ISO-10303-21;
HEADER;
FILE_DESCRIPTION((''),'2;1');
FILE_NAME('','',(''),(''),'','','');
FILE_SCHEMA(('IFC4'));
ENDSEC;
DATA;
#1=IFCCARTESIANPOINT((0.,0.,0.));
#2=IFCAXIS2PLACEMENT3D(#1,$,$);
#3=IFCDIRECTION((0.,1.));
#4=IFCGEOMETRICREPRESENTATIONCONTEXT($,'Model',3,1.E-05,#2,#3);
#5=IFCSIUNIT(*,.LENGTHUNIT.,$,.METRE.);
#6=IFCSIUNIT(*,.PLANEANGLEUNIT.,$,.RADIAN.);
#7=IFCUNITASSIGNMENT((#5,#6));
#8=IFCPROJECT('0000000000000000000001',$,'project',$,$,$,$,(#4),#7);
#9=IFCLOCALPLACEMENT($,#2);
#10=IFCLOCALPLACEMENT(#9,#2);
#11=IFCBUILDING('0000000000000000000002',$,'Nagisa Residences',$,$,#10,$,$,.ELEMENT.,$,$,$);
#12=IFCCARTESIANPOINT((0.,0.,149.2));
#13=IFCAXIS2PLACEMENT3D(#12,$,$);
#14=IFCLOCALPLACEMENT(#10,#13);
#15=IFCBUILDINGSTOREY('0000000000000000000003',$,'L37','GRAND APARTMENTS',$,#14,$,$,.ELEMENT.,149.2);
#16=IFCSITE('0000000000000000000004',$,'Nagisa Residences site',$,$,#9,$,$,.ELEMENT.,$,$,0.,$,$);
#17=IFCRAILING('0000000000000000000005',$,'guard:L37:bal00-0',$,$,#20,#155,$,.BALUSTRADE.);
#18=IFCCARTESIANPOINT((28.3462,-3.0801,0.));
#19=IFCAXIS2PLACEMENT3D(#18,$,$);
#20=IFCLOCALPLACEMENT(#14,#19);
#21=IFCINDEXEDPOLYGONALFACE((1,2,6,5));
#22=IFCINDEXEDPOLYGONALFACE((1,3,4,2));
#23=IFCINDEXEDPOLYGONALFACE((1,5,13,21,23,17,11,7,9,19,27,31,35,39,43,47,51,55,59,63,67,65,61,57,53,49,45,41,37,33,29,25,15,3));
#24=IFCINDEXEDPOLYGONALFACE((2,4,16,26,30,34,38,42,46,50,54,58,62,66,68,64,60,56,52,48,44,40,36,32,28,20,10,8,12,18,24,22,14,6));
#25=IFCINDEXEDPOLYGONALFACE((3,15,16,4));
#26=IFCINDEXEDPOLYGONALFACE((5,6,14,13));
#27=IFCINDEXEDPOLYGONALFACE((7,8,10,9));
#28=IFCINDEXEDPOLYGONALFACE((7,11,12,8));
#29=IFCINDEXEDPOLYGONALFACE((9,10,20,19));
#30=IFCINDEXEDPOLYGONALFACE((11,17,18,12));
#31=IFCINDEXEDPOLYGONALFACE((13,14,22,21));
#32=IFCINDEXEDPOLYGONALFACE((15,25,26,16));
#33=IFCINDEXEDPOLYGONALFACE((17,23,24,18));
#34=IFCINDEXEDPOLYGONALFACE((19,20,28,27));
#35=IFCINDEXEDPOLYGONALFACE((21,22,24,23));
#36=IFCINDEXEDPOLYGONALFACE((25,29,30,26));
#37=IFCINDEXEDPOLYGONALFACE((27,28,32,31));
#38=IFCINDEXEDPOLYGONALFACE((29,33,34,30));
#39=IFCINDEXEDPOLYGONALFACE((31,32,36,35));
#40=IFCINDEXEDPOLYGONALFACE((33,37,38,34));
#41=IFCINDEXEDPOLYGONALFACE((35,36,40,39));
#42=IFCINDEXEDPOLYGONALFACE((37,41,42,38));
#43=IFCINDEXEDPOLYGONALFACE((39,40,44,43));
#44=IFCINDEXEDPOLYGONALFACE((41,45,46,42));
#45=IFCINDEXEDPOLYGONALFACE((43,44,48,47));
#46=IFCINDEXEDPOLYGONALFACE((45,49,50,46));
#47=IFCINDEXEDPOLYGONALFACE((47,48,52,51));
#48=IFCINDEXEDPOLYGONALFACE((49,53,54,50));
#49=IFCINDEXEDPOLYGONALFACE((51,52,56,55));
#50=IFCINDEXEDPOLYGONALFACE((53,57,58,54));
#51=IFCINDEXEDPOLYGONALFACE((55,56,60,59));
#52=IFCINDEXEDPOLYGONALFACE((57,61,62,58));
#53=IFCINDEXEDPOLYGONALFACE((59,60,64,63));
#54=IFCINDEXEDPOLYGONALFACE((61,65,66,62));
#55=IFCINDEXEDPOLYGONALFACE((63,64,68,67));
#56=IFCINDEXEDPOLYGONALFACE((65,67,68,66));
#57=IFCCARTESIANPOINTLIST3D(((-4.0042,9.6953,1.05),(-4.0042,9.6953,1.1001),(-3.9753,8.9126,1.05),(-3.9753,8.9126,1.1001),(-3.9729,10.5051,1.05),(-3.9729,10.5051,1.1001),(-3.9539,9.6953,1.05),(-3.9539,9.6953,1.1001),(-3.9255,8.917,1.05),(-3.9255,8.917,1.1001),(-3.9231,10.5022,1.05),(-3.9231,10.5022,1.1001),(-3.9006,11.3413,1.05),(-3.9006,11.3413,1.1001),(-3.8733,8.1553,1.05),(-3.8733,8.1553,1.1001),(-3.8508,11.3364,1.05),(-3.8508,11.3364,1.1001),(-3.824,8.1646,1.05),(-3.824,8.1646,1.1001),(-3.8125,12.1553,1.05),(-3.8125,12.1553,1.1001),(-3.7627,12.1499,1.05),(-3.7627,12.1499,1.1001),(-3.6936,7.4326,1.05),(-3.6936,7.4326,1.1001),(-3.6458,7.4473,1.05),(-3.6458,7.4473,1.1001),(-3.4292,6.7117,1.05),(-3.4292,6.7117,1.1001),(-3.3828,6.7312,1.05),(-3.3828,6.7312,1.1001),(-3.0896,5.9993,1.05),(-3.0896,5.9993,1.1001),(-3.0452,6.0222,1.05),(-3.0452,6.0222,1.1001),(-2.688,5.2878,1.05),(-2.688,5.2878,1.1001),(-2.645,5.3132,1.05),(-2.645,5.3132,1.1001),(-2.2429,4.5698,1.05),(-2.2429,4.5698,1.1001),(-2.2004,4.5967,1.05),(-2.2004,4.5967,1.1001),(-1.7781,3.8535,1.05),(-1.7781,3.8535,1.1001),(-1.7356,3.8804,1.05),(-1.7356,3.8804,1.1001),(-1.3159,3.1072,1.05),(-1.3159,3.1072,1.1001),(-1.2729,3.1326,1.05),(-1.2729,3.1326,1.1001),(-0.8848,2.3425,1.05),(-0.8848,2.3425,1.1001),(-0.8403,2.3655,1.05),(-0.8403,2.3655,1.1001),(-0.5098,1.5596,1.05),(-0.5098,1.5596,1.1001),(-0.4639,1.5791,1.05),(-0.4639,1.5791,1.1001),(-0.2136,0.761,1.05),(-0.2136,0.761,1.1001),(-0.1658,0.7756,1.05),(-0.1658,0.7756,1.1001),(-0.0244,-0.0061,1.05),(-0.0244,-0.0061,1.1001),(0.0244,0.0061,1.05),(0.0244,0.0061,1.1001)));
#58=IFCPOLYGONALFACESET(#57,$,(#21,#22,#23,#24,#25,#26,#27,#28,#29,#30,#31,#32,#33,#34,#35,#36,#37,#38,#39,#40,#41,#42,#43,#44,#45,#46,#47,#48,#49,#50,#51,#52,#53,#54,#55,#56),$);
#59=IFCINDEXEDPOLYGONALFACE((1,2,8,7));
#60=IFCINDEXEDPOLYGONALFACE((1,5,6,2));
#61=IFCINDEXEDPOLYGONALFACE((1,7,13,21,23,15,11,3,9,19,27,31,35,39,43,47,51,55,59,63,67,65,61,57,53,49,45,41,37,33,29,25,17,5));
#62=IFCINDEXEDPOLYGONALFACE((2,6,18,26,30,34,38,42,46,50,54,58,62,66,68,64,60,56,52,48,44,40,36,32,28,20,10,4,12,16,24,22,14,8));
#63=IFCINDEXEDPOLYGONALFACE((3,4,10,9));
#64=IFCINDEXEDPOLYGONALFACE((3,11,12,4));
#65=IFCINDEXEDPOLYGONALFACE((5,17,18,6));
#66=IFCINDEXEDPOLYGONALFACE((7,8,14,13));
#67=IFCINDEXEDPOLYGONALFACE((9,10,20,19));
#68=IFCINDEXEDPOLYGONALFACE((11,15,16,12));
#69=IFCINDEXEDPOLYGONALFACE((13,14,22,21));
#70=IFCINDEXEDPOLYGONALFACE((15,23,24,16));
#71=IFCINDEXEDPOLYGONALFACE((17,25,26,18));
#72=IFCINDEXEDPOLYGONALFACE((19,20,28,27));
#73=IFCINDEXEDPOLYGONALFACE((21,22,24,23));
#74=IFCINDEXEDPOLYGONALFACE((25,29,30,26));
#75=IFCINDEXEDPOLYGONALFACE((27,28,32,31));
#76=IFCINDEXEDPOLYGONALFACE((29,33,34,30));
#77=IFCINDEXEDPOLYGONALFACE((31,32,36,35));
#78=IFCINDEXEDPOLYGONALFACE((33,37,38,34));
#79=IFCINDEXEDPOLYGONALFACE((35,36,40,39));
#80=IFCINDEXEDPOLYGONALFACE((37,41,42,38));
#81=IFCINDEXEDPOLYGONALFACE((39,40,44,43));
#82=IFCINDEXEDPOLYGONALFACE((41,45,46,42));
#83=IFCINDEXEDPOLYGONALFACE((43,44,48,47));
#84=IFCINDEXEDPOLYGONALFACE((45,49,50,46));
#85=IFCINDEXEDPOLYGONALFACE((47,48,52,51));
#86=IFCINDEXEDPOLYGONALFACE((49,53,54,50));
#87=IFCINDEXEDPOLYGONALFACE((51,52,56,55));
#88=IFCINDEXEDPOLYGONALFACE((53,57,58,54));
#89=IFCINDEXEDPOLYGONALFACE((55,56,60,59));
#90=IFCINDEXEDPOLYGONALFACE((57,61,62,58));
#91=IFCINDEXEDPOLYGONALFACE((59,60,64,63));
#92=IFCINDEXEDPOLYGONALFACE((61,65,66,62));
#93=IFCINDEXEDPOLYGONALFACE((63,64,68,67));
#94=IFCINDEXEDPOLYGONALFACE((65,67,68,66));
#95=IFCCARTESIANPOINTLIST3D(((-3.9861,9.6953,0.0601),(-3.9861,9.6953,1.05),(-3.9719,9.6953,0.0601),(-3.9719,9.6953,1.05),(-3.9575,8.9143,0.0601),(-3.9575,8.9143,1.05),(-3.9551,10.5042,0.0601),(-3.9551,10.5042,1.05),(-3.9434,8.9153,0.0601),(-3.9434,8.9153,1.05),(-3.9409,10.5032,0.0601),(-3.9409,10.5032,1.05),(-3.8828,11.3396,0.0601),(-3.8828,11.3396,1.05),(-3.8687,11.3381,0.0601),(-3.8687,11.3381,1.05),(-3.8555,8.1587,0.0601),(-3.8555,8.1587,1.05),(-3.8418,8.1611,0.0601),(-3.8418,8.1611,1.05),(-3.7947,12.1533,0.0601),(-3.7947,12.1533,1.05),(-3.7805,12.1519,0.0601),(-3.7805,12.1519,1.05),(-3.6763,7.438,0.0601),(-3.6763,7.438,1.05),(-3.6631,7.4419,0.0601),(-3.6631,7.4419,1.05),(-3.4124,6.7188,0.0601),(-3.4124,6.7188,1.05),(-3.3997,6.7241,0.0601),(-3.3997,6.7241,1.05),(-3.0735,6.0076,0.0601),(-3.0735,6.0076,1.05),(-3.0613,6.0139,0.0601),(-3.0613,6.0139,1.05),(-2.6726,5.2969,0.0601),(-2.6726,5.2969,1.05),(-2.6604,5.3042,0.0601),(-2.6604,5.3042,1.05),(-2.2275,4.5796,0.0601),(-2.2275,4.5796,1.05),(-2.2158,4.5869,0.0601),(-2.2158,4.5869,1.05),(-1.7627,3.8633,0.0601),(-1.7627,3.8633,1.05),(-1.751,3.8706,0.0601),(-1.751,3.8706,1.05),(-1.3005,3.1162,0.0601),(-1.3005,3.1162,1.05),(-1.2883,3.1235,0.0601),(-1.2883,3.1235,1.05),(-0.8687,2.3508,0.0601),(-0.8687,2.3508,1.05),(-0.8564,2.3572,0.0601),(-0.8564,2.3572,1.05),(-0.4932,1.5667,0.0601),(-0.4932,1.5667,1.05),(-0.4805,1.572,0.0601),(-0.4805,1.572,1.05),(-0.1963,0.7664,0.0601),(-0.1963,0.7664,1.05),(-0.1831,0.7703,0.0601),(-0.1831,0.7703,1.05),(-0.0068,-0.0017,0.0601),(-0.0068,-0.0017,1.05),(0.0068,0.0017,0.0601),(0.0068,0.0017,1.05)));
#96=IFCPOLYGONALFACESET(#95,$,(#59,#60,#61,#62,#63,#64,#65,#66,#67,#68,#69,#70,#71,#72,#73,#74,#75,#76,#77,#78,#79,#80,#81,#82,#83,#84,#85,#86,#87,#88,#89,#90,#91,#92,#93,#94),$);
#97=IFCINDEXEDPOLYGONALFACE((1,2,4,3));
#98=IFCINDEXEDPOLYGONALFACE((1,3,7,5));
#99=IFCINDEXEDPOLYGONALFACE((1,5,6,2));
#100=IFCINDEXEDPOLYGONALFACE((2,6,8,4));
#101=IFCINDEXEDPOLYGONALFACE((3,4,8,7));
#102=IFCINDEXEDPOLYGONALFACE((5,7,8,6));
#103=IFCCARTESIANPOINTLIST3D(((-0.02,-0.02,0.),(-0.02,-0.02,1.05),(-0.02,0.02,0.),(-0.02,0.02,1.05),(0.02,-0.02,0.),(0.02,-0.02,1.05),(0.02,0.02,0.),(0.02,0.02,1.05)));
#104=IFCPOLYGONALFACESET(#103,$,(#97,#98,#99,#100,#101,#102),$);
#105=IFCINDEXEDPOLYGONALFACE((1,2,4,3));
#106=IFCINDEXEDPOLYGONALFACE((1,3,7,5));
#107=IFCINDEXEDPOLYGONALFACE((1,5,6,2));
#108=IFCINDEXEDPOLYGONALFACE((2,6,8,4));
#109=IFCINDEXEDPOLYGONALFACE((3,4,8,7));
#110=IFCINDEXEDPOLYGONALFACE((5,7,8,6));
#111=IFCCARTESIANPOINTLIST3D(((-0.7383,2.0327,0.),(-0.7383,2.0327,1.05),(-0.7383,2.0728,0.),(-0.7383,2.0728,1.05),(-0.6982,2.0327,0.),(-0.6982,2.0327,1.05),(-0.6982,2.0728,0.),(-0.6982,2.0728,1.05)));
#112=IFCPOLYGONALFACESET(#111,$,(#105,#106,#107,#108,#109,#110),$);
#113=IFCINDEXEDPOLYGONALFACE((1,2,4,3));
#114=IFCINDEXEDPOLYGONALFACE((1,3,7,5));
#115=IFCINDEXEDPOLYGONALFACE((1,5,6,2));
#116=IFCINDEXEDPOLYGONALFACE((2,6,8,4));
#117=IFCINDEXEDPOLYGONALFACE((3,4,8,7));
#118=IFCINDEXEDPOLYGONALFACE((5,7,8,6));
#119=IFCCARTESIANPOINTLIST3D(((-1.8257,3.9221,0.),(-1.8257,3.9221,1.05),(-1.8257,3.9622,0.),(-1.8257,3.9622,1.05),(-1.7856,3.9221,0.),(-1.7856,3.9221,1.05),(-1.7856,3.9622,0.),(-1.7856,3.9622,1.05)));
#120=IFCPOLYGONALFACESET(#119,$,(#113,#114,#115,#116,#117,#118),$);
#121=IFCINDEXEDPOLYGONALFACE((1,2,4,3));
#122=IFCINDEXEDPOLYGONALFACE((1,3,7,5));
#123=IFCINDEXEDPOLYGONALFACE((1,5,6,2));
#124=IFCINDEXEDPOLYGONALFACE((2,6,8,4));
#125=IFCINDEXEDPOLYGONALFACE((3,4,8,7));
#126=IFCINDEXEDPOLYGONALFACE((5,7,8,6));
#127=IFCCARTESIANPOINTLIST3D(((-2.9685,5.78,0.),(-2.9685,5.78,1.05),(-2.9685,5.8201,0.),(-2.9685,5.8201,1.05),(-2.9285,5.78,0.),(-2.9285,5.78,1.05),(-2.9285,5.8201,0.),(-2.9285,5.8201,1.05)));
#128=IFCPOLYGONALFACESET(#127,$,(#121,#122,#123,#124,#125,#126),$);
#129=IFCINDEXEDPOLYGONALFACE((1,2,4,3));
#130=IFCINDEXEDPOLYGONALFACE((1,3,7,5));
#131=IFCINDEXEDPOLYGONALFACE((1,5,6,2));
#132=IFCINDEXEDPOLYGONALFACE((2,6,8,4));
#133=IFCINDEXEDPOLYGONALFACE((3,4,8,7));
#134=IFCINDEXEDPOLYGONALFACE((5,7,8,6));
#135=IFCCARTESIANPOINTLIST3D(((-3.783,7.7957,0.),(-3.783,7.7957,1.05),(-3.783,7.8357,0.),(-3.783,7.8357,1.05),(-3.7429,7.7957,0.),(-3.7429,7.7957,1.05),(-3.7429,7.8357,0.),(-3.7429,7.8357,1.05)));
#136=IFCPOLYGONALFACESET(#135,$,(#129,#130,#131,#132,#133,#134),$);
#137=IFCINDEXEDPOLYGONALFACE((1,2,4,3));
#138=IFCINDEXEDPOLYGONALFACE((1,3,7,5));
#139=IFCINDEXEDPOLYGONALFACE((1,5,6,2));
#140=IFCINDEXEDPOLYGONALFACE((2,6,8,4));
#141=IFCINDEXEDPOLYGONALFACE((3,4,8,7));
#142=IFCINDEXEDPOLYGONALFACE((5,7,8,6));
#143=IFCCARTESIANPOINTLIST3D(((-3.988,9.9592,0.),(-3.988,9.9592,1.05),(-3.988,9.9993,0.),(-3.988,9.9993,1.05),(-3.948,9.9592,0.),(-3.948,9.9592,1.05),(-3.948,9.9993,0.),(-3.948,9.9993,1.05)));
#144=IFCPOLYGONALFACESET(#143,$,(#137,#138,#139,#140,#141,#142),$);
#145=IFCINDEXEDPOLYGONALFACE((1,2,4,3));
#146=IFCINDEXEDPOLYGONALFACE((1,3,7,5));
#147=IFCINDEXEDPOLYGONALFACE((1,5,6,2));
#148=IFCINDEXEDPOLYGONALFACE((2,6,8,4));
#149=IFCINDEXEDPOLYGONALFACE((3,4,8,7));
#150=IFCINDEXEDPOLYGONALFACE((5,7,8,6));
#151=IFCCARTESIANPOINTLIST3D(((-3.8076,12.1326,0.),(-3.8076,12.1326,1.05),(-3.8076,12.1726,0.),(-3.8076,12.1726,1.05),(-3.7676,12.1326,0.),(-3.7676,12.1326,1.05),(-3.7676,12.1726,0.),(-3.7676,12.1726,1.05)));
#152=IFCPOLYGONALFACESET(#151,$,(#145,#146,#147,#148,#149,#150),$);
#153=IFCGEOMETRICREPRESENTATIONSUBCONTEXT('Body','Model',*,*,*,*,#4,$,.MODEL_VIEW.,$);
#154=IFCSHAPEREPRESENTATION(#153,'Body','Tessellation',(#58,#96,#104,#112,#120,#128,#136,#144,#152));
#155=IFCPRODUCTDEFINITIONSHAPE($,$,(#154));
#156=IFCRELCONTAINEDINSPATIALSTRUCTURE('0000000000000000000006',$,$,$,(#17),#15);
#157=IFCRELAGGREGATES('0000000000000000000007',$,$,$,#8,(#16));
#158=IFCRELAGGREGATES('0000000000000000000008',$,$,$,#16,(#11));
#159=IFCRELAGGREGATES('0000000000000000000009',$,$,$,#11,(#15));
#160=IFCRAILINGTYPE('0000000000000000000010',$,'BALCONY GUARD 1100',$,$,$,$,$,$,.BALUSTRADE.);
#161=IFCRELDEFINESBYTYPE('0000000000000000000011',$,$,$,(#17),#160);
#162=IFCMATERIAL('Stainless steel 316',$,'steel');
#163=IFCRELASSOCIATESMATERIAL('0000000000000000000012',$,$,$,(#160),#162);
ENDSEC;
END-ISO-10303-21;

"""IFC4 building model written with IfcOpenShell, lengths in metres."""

from ifc_helpers import new_model, si_unit, direction, frame, origin, origin_2d, place, context, subcontext, project, spatial, polyline, rectangle, outline, extrude, material, type_object, element, save


model = new_model("IFC4")

# Units and contexts
model_context = context("Model", 3, precision=1e-05, world=origin(), true_north=direction((0.0, 1.0)))
body_context = subcontext(model_context, "Body", "Model", "MODEL_VIEW")
ifc_project = project(units=[si_unit("LENGTHUNIT", "METRE"), si_unit("PLANEANGLEUNIT", "RADIAN")], contexts=[model_context])

# Site, building, storey
site_placement = place(None, origin())
site = spatial("IfcSite", under=ifc_project, at=site_placement, Name="Nagisa Residences site", CompositionType="ELEMENT", RefElevation=0.0)
building_placement = place(site_placement, origin())
building = spatial("IfcBuilding", under=site, at=building_placement, Name="Nagisa Residences", CompositionType="ELEMENT")
storey_placement = place(building_placement, frame((0.0, 0.0, 149.2)))
storey = spatial("IfcBuildingStorey", under=building, at=storey_placement, Name="L37", Description="GRAND APARTMENTS", CompositionType="ELEMENT", Elevation=149.2)

# Railing
ifc_material_1 = material(Name="Stainless steel 316", Category="steel")
railing_type_1 = type_object("IfcRailingType", Name="BALCONY GUARD 1100", PredefinedType="BALUSTRADE", material=ifc_material_1)
railing_1_placement = place(storey_placement, frame((28.3462, -3.0801, 0.0)))
element("IfcRailing", 1, at=railing_1_placement, inside=storey, type_object=railing_type_1, Name="guard:L37:bal00-0", PredefinedType="BALUSTRADE", context=body_context, shape_type="SweptSolid", body=[
    extrude(outline(polyline([(-0.2136, 0.761), (-0.0244, -0.0061), (0.0244, 0.0061), (-0.1658, 0.7756), (-0.4639, 1.5791), (-0.8403, 2.3655), (-1.2729, 3.1326), (-1.7356, 3.8804), (-2.2004, 4.5967), (-2.645, 5.3132), (-3.0452, 6.0222), (-3.3828, 6.7312), (-3.6458, 7.4473), (-3.824, 8.1646), (-3.9255, 8.917), (-3.9539, 9.6953), (-3.9231, 10.5022), (-3.8508, 11.3364), (-3.7627, 12.1499), (-3.8125, 12.1553), (-3.9006, 11.3413), (-3.9729, 10.5051), (-4.0042, 9.6953), (-3.9753, 8.9126), (-3.8733, 8.1553), (-3.6936, 7.4326), (-3.4292, 6.7117), (-3.0896, 5.9993), (-2.688, 5.2878), (-2.2429, 4.5698), (-1.7781, 3.8535), (-1.3159, 3.1072), (-0.8848, 2.3425), (-0.5098, 1.5596), (-0.2136, 0.761)])), frame((0.0, 0.0, 1.05)), (0.0, 0.0, 1.0), 0.05),
    extrude(outline(polyline([(-0.1963, 0.7664), (-0.0068, -0.0017), (0.0068, 0.0017), (-0.1831, 0.7703), (-0.4805, 1.572), (-0.8564, 2.3572), (-1.2883, 3.1235), (-1.751, 3.8706), (-2.2158, 4.5869), (-2.6604, 5.3042), (-3.0613, 6.0139), (-3.3997, 6.7241), (-3.6631, 7.4419), (-3.8418, 8.1611), (-3.9434, 8.9153), (-3.9719, 9.6953), (-3.9409, 10.5032), (-3.8687, 11.3381), (-3.7805, 12.1519), (-3.7947, 12.1533), (-3.8828, 11.3396), (-3.9551, 10.5042), (-3.9861, 9.6953), (-3.9575, 8.9143), (-3.8555, 8.1587), (-3.6763, 7.438), (-3.4124, 6.7188), (-3.0735, 6.0076), (-2.6726, 5.2969), (-2.2275, 4.5796), (-1.7627, 3.8633), (-1.3005, 3.1162), (-0.8687, 2.3508), (-0.4932, 1.5667), (-0.1963, 0.7664)])), frame((0.0, 0.0, 0.0601)), (0.0, 0.0, 1.0), 0.99),
    extrude(rectangle(XDim=0.04, YDim=0.04, at=origin_2d()), origin(), (0.0, 0.0, 1.0), 1.05),
    extrude(rectangle(XDim=0.04, YDim=0.04, at=origin_2d()), frame((-0.7183, 2.0527, 0.0)), (0.0, 0.0, 1.0), 1.05),
    extrude(rectangle(XDim=0.04, YDim=0.04, at=origin_2d()), frame((-1.8057, 3.9421, 0.0)), (0.0, 0.0, 1.0), 1.05),
    extrude(rectangle(XDim=0.04, YDim=0.04, at=origin_2d()), frame((-2.9485, 5.8, 0.0)), (0.0, 0.0, 1.0), 1.05),
    extrude(rectangle(XDim=0.04, YDim=0.04, at=origin_2d()), frame((-3.7629, 7.8157, 0.0)), (0.0, 0.0, 1.0), 1.05),
    extrude(rectangle(XDim=0.04, YDim=0.04, at=origin_2d()), frame((-3.968, 9.9792, 0.0)), (0.0, 0.0, 1.0), 1.05),
    extrude(rectangle(XDim=0.04, YDim=0.04, at=origin_2d()), frame((-3.7876, 12.1526, 0.0)), (0.0, 0.0, 1.0), 1.05),
])

save(model, "model.ifc")
